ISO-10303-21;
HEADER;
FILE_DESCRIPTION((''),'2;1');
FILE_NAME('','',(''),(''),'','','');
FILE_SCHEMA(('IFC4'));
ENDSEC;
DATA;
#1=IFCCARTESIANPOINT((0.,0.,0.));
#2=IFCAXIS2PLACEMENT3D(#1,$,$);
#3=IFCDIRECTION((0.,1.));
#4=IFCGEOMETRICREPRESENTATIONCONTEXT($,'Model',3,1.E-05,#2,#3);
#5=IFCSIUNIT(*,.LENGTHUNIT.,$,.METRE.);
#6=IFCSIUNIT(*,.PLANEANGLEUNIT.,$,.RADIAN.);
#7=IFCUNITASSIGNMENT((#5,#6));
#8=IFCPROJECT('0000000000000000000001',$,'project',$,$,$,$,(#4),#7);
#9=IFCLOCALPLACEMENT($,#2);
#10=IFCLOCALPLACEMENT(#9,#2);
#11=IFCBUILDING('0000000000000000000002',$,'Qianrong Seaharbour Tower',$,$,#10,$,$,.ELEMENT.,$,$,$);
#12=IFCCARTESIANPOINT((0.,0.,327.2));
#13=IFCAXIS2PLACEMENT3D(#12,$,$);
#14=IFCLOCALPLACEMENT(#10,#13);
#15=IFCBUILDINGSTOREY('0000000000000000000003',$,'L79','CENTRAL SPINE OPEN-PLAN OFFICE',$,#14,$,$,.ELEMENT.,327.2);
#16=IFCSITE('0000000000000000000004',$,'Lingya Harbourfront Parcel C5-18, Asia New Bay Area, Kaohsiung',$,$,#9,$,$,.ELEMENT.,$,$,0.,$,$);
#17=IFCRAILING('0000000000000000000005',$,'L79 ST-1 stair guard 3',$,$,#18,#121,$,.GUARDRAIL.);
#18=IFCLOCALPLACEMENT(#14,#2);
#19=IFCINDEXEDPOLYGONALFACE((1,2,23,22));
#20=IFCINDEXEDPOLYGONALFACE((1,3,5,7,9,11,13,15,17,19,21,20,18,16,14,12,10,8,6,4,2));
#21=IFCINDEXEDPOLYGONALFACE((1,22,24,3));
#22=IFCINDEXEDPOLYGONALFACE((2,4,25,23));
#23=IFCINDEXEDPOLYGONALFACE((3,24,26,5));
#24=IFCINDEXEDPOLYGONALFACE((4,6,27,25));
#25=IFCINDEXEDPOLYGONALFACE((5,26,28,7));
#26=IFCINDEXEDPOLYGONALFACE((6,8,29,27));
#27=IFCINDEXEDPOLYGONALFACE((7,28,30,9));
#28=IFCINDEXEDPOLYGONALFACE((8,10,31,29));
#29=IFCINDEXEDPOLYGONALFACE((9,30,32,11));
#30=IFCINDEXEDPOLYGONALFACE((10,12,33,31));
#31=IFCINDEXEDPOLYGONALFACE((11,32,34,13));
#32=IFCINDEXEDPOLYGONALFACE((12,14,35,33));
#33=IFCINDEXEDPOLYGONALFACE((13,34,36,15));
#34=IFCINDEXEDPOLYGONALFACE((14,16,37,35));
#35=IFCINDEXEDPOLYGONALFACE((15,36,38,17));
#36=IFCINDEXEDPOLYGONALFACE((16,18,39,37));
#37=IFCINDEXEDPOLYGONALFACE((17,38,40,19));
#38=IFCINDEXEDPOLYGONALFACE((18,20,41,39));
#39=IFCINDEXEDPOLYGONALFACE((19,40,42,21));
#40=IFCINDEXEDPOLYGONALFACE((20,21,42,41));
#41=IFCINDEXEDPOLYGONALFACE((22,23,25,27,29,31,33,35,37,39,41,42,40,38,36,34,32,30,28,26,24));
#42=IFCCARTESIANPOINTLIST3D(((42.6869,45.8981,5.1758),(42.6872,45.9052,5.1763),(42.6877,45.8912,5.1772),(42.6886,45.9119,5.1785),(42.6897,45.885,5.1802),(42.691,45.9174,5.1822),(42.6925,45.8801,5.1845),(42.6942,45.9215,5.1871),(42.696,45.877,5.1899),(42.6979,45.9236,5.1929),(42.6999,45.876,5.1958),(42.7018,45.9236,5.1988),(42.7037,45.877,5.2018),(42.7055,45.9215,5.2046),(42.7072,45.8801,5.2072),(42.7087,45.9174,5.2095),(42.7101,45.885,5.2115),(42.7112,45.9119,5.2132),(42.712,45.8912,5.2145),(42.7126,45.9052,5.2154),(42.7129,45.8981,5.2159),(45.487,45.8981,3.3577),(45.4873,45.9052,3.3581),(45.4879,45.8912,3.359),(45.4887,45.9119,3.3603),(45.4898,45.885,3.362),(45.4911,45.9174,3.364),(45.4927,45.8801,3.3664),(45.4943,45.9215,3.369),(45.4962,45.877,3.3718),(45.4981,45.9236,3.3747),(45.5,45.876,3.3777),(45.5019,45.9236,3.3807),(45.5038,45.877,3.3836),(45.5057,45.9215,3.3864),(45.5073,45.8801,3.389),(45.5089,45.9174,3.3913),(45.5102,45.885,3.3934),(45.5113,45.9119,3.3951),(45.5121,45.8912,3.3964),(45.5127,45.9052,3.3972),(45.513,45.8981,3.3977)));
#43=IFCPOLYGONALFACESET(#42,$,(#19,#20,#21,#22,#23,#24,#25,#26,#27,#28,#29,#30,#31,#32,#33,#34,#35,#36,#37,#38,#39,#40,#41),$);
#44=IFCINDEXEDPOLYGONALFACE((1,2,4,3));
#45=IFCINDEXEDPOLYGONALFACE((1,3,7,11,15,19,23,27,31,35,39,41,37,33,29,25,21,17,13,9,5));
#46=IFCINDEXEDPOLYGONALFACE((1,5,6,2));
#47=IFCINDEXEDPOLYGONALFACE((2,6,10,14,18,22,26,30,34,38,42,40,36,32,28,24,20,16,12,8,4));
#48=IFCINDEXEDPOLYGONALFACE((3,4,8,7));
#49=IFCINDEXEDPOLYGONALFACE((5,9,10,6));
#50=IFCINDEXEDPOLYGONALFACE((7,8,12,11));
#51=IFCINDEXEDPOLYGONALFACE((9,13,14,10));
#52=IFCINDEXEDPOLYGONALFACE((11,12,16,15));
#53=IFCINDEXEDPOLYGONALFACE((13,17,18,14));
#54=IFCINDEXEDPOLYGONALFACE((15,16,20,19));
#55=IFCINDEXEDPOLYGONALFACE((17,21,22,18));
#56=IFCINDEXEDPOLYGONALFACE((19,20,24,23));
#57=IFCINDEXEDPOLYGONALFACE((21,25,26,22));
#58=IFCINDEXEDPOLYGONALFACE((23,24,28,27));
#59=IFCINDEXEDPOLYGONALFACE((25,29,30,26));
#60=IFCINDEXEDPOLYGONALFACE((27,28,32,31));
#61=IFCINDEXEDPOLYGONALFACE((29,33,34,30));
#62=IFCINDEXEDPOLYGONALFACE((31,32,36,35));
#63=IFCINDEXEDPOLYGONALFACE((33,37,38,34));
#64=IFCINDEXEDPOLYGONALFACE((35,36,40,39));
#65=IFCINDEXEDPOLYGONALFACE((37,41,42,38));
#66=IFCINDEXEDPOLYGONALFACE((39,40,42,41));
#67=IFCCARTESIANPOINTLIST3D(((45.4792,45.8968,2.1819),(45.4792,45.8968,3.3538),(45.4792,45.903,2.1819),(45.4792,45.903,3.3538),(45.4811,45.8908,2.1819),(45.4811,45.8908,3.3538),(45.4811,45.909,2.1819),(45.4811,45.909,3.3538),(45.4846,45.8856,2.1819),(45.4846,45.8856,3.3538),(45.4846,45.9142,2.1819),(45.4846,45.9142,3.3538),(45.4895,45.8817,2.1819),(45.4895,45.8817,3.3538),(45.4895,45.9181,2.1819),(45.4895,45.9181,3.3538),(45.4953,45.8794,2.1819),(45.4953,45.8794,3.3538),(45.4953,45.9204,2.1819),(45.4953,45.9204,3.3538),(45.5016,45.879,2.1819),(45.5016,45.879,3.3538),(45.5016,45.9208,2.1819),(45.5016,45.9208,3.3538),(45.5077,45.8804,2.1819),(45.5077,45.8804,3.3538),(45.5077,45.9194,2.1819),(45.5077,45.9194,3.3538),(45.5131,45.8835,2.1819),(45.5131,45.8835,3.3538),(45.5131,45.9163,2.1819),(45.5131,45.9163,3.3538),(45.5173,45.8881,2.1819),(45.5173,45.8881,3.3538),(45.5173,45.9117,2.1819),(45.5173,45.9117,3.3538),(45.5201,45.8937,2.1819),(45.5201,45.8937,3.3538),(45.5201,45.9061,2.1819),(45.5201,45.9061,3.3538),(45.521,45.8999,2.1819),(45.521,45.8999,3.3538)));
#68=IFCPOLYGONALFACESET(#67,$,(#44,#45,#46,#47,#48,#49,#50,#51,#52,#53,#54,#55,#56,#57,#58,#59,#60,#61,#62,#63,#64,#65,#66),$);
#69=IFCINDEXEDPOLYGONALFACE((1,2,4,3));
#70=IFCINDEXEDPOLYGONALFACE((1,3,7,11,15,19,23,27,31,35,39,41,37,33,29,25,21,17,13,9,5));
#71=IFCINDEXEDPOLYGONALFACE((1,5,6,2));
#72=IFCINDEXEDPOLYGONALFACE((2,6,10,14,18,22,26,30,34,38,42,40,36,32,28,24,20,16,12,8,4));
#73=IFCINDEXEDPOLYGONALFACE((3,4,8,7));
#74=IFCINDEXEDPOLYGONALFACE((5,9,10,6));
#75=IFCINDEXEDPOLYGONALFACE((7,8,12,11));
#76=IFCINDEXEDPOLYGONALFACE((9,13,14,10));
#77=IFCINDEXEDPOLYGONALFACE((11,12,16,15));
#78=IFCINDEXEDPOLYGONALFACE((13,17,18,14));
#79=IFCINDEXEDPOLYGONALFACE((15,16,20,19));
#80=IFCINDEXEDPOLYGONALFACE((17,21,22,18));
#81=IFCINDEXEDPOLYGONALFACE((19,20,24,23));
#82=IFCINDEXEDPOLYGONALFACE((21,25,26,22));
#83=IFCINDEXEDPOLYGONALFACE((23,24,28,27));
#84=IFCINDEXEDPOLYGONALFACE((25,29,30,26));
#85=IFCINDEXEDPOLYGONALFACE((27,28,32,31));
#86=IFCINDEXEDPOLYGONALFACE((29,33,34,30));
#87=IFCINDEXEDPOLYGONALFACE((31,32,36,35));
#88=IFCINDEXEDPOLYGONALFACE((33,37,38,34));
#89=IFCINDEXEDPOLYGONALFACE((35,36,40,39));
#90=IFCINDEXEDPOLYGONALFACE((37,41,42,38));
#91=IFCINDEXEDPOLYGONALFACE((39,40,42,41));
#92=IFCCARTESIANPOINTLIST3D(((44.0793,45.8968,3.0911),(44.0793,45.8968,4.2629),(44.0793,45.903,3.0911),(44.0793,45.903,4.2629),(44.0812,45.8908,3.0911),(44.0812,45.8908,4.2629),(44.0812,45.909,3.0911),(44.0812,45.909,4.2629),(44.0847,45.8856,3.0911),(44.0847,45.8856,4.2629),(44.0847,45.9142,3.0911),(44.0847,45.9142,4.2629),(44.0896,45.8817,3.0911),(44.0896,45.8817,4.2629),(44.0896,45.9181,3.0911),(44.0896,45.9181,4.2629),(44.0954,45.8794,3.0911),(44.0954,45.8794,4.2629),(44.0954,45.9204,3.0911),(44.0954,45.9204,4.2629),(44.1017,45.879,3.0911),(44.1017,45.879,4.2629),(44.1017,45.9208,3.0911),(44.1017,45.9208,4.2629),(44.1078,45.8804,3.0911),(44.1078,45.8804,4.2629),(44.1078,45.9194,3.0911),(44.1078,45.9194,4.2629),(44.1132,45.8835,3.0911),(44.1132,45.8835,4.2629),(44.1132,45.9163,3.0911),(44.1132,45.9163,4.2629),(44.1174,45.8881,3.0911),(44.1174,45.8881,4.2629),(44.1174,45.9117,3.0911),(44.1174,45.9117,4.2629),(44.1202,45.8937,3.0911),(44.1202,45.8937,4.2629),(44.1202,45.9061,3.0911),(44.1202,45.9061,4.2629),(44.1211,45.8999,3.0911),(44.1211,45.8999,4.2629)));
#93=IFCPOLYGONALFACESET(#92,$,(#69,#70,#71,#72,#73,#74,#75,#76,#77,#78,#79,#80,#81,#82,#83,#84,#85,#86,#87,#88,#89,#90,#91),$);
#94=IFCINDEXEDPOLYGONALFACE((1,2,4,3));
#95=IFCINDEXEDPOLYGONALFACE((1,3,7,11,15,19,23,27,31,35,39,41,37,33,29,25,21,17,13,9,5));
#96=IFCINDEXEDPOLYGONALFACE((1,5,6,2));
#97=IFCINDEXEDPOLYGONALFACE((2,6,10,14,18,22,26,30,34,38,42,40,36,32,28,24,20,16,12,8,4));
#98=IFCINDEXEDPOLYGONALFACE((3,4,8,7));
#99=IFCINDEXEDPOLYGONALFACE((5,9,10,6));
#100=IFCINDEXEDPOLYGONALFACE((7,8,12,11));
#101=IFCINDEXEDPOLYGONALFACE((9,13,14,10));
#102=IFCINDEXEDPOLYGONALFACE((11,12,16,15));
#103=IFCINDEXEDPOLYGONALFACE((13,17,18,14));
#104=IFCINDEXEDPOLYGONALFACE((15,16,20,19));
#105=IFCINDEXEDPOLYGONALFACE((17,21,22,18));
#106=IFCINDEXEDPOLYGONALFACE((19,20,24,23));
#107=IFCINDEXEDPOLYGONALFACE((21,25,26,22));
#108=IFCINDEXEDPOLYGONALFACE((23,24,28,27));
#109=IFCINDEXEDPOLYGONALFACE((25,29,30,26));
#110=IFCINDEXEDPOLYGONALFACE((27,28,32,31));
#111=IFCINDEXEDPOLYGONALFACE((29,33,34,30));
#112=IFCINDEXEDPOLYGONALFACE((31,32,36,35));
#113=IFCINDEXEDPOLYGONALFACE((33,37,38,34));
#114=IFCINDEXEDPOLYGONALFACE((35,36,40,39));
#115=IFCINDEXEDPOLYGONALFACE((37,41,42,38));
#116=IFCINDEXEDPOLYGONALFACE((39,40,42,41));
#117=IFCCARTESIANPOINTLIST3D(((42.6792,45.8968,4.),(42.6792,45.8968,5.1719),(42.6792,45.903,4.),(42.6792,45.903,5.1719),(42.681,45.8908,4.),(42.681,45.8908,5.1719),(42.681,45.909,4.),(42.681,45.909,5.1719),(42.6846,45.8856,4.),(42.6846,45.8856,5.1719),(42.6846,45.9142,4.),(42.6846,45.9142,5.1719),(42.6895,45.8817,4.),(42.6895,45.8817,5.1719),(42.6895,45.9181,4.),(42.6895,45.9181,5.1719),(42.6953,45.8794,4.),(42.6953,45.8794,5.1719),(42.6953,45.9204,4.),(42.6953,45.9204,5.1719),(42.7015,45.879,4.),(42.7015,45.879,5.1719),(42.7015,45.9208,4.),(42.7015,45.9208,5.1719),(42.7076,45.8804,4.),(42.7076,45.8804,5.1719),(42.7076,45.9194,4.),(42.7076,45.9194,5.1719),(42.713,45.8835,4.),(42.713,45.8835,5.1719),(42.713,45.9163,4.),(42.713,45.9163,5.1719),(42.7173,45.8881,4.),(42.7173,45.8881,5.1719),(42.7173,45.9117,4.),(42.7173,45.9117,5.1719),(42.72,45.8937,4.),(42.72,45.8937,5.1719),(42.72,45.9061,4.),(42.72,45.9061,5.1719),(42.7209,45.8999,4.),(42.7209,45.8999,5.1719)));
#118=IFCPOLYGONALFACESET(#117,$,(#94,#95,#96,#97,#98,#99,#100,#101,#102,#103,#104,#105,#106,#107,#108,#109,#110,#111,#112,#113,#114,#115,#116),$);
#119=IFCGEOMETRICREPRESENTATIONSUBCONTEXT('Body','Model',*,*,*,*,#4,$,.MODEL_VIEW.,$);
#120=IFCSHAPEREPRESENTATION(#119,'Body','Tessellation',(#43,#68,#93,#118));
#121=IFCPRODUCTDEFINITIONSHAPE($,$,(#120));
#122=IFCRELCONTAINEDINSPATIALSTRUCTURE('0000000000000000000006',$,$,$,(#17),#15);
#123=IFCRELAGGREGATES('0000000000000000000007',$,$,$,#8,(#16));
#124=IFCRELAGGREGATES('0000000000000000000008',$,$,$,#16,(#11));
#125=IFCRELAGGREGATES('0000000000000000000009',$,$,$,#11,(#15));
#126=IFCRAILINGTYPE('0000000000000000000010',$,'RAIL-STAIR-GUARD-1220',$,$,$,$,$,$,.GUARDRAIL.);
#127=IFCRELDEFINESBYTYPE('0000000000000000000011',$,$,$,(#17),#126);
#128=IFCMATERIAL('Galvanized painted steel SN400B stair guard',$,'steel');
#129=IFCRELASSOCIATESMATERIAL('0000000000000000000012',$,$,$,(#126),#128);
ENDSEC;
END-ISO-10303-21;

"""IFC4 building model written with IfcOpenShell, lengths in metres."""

from ifc_helpers import new_model, si_unit, direction, frame, origin, origin_2d, place, context, subcontext, project, spatial, circle, extrude, material, type_object, element, save


model = new_model("IFC4")

# Units and contexts
model_context = context("Model", 3, precision=1e-05, world=origin(), true_north=direction((0.0, 1.0)))
body_context = subcontext(model_context, "Body", "Model", "MODEL_VIEW")
ifc_project = project(units=[si_unit("LENGTHUNIT", "METRE"), si_unit("PLANEANGLEUNIT", "RADIAN")], contexts=[model_context])

# Site, building, storey
site_placement = place(None, origin())
site = spatial("IfcSite", under=ifc_project, at=site_placement, Name="Lingya Harbourfront Parcel C5-18, Asia New Bay Area, Kaohsiung", CompositionType="ELEMENT", RefElevation=0.0)
building_placement = place(site_placement, origin())
building = spatial("IfcBuilding", under=site, at=building_placement, Name="Qianrong Seaharbour Tower", CompositionType="ELEMENT")
storey_placement = place(building_placement, frame((0.0, 0.0, 327.2)))
storey = spatial("IfcBuildingStorey", under=building, at=storey_placement, Name="L79", Description="CENTRAL SPINE OPEN-PLAN OFFICE", CompositionType="ELEMENT", Elevation=327.2)

# Railing
ifc_material_1 = material(Name="Galvanized painted steel SN400B stair guard", Category="steel")
railing_type_1 = type_object("IfcRailingType", Name="RAIL-STAIR-GUARD-1220", PredefinedType="GUARDRAIL", material=ifc_material_1)
railing_1_placement = place(storey_placement, frame((45.5, 45.8999, 2.1819)))
element("IfcRailing", 1, at=railing_1_placement, inside=storey, type_object=railing_type_1, Name="L79 ST-1 stair guard 3", PredefinedType="GUARDRAIL", context=body_context, shape_type="SweptSolid", body=[
    extrude(circle(Radius=0.0239, at=origin_2d()), frame((0.0, 0.0, 1.1958), z_axis=(-0.838706, 0.0, 0.544585), x_axis=(0.0, -1.0, 0.0)), (0.0, 0.0, 1.0), 3.3386),
    extrude(circle(Radius=0.021, at=origin_2d()), origin(), (0.0, 0.0, 1.0), 1.1719),
    extrude(circle(Radius=0.021, at=origin_2d()), frame((-1.3999, 0.0, 0.9092)), (0.0, 0.0, 1.0), 1.1719),
    extrude(circle(Radius=0.021, at=origin_2d()), frame((-2.8, 0.0, 1.8181)), (0.0, 0.0, 1.0), 1.1719),
])

save(model, "model.ifc")
